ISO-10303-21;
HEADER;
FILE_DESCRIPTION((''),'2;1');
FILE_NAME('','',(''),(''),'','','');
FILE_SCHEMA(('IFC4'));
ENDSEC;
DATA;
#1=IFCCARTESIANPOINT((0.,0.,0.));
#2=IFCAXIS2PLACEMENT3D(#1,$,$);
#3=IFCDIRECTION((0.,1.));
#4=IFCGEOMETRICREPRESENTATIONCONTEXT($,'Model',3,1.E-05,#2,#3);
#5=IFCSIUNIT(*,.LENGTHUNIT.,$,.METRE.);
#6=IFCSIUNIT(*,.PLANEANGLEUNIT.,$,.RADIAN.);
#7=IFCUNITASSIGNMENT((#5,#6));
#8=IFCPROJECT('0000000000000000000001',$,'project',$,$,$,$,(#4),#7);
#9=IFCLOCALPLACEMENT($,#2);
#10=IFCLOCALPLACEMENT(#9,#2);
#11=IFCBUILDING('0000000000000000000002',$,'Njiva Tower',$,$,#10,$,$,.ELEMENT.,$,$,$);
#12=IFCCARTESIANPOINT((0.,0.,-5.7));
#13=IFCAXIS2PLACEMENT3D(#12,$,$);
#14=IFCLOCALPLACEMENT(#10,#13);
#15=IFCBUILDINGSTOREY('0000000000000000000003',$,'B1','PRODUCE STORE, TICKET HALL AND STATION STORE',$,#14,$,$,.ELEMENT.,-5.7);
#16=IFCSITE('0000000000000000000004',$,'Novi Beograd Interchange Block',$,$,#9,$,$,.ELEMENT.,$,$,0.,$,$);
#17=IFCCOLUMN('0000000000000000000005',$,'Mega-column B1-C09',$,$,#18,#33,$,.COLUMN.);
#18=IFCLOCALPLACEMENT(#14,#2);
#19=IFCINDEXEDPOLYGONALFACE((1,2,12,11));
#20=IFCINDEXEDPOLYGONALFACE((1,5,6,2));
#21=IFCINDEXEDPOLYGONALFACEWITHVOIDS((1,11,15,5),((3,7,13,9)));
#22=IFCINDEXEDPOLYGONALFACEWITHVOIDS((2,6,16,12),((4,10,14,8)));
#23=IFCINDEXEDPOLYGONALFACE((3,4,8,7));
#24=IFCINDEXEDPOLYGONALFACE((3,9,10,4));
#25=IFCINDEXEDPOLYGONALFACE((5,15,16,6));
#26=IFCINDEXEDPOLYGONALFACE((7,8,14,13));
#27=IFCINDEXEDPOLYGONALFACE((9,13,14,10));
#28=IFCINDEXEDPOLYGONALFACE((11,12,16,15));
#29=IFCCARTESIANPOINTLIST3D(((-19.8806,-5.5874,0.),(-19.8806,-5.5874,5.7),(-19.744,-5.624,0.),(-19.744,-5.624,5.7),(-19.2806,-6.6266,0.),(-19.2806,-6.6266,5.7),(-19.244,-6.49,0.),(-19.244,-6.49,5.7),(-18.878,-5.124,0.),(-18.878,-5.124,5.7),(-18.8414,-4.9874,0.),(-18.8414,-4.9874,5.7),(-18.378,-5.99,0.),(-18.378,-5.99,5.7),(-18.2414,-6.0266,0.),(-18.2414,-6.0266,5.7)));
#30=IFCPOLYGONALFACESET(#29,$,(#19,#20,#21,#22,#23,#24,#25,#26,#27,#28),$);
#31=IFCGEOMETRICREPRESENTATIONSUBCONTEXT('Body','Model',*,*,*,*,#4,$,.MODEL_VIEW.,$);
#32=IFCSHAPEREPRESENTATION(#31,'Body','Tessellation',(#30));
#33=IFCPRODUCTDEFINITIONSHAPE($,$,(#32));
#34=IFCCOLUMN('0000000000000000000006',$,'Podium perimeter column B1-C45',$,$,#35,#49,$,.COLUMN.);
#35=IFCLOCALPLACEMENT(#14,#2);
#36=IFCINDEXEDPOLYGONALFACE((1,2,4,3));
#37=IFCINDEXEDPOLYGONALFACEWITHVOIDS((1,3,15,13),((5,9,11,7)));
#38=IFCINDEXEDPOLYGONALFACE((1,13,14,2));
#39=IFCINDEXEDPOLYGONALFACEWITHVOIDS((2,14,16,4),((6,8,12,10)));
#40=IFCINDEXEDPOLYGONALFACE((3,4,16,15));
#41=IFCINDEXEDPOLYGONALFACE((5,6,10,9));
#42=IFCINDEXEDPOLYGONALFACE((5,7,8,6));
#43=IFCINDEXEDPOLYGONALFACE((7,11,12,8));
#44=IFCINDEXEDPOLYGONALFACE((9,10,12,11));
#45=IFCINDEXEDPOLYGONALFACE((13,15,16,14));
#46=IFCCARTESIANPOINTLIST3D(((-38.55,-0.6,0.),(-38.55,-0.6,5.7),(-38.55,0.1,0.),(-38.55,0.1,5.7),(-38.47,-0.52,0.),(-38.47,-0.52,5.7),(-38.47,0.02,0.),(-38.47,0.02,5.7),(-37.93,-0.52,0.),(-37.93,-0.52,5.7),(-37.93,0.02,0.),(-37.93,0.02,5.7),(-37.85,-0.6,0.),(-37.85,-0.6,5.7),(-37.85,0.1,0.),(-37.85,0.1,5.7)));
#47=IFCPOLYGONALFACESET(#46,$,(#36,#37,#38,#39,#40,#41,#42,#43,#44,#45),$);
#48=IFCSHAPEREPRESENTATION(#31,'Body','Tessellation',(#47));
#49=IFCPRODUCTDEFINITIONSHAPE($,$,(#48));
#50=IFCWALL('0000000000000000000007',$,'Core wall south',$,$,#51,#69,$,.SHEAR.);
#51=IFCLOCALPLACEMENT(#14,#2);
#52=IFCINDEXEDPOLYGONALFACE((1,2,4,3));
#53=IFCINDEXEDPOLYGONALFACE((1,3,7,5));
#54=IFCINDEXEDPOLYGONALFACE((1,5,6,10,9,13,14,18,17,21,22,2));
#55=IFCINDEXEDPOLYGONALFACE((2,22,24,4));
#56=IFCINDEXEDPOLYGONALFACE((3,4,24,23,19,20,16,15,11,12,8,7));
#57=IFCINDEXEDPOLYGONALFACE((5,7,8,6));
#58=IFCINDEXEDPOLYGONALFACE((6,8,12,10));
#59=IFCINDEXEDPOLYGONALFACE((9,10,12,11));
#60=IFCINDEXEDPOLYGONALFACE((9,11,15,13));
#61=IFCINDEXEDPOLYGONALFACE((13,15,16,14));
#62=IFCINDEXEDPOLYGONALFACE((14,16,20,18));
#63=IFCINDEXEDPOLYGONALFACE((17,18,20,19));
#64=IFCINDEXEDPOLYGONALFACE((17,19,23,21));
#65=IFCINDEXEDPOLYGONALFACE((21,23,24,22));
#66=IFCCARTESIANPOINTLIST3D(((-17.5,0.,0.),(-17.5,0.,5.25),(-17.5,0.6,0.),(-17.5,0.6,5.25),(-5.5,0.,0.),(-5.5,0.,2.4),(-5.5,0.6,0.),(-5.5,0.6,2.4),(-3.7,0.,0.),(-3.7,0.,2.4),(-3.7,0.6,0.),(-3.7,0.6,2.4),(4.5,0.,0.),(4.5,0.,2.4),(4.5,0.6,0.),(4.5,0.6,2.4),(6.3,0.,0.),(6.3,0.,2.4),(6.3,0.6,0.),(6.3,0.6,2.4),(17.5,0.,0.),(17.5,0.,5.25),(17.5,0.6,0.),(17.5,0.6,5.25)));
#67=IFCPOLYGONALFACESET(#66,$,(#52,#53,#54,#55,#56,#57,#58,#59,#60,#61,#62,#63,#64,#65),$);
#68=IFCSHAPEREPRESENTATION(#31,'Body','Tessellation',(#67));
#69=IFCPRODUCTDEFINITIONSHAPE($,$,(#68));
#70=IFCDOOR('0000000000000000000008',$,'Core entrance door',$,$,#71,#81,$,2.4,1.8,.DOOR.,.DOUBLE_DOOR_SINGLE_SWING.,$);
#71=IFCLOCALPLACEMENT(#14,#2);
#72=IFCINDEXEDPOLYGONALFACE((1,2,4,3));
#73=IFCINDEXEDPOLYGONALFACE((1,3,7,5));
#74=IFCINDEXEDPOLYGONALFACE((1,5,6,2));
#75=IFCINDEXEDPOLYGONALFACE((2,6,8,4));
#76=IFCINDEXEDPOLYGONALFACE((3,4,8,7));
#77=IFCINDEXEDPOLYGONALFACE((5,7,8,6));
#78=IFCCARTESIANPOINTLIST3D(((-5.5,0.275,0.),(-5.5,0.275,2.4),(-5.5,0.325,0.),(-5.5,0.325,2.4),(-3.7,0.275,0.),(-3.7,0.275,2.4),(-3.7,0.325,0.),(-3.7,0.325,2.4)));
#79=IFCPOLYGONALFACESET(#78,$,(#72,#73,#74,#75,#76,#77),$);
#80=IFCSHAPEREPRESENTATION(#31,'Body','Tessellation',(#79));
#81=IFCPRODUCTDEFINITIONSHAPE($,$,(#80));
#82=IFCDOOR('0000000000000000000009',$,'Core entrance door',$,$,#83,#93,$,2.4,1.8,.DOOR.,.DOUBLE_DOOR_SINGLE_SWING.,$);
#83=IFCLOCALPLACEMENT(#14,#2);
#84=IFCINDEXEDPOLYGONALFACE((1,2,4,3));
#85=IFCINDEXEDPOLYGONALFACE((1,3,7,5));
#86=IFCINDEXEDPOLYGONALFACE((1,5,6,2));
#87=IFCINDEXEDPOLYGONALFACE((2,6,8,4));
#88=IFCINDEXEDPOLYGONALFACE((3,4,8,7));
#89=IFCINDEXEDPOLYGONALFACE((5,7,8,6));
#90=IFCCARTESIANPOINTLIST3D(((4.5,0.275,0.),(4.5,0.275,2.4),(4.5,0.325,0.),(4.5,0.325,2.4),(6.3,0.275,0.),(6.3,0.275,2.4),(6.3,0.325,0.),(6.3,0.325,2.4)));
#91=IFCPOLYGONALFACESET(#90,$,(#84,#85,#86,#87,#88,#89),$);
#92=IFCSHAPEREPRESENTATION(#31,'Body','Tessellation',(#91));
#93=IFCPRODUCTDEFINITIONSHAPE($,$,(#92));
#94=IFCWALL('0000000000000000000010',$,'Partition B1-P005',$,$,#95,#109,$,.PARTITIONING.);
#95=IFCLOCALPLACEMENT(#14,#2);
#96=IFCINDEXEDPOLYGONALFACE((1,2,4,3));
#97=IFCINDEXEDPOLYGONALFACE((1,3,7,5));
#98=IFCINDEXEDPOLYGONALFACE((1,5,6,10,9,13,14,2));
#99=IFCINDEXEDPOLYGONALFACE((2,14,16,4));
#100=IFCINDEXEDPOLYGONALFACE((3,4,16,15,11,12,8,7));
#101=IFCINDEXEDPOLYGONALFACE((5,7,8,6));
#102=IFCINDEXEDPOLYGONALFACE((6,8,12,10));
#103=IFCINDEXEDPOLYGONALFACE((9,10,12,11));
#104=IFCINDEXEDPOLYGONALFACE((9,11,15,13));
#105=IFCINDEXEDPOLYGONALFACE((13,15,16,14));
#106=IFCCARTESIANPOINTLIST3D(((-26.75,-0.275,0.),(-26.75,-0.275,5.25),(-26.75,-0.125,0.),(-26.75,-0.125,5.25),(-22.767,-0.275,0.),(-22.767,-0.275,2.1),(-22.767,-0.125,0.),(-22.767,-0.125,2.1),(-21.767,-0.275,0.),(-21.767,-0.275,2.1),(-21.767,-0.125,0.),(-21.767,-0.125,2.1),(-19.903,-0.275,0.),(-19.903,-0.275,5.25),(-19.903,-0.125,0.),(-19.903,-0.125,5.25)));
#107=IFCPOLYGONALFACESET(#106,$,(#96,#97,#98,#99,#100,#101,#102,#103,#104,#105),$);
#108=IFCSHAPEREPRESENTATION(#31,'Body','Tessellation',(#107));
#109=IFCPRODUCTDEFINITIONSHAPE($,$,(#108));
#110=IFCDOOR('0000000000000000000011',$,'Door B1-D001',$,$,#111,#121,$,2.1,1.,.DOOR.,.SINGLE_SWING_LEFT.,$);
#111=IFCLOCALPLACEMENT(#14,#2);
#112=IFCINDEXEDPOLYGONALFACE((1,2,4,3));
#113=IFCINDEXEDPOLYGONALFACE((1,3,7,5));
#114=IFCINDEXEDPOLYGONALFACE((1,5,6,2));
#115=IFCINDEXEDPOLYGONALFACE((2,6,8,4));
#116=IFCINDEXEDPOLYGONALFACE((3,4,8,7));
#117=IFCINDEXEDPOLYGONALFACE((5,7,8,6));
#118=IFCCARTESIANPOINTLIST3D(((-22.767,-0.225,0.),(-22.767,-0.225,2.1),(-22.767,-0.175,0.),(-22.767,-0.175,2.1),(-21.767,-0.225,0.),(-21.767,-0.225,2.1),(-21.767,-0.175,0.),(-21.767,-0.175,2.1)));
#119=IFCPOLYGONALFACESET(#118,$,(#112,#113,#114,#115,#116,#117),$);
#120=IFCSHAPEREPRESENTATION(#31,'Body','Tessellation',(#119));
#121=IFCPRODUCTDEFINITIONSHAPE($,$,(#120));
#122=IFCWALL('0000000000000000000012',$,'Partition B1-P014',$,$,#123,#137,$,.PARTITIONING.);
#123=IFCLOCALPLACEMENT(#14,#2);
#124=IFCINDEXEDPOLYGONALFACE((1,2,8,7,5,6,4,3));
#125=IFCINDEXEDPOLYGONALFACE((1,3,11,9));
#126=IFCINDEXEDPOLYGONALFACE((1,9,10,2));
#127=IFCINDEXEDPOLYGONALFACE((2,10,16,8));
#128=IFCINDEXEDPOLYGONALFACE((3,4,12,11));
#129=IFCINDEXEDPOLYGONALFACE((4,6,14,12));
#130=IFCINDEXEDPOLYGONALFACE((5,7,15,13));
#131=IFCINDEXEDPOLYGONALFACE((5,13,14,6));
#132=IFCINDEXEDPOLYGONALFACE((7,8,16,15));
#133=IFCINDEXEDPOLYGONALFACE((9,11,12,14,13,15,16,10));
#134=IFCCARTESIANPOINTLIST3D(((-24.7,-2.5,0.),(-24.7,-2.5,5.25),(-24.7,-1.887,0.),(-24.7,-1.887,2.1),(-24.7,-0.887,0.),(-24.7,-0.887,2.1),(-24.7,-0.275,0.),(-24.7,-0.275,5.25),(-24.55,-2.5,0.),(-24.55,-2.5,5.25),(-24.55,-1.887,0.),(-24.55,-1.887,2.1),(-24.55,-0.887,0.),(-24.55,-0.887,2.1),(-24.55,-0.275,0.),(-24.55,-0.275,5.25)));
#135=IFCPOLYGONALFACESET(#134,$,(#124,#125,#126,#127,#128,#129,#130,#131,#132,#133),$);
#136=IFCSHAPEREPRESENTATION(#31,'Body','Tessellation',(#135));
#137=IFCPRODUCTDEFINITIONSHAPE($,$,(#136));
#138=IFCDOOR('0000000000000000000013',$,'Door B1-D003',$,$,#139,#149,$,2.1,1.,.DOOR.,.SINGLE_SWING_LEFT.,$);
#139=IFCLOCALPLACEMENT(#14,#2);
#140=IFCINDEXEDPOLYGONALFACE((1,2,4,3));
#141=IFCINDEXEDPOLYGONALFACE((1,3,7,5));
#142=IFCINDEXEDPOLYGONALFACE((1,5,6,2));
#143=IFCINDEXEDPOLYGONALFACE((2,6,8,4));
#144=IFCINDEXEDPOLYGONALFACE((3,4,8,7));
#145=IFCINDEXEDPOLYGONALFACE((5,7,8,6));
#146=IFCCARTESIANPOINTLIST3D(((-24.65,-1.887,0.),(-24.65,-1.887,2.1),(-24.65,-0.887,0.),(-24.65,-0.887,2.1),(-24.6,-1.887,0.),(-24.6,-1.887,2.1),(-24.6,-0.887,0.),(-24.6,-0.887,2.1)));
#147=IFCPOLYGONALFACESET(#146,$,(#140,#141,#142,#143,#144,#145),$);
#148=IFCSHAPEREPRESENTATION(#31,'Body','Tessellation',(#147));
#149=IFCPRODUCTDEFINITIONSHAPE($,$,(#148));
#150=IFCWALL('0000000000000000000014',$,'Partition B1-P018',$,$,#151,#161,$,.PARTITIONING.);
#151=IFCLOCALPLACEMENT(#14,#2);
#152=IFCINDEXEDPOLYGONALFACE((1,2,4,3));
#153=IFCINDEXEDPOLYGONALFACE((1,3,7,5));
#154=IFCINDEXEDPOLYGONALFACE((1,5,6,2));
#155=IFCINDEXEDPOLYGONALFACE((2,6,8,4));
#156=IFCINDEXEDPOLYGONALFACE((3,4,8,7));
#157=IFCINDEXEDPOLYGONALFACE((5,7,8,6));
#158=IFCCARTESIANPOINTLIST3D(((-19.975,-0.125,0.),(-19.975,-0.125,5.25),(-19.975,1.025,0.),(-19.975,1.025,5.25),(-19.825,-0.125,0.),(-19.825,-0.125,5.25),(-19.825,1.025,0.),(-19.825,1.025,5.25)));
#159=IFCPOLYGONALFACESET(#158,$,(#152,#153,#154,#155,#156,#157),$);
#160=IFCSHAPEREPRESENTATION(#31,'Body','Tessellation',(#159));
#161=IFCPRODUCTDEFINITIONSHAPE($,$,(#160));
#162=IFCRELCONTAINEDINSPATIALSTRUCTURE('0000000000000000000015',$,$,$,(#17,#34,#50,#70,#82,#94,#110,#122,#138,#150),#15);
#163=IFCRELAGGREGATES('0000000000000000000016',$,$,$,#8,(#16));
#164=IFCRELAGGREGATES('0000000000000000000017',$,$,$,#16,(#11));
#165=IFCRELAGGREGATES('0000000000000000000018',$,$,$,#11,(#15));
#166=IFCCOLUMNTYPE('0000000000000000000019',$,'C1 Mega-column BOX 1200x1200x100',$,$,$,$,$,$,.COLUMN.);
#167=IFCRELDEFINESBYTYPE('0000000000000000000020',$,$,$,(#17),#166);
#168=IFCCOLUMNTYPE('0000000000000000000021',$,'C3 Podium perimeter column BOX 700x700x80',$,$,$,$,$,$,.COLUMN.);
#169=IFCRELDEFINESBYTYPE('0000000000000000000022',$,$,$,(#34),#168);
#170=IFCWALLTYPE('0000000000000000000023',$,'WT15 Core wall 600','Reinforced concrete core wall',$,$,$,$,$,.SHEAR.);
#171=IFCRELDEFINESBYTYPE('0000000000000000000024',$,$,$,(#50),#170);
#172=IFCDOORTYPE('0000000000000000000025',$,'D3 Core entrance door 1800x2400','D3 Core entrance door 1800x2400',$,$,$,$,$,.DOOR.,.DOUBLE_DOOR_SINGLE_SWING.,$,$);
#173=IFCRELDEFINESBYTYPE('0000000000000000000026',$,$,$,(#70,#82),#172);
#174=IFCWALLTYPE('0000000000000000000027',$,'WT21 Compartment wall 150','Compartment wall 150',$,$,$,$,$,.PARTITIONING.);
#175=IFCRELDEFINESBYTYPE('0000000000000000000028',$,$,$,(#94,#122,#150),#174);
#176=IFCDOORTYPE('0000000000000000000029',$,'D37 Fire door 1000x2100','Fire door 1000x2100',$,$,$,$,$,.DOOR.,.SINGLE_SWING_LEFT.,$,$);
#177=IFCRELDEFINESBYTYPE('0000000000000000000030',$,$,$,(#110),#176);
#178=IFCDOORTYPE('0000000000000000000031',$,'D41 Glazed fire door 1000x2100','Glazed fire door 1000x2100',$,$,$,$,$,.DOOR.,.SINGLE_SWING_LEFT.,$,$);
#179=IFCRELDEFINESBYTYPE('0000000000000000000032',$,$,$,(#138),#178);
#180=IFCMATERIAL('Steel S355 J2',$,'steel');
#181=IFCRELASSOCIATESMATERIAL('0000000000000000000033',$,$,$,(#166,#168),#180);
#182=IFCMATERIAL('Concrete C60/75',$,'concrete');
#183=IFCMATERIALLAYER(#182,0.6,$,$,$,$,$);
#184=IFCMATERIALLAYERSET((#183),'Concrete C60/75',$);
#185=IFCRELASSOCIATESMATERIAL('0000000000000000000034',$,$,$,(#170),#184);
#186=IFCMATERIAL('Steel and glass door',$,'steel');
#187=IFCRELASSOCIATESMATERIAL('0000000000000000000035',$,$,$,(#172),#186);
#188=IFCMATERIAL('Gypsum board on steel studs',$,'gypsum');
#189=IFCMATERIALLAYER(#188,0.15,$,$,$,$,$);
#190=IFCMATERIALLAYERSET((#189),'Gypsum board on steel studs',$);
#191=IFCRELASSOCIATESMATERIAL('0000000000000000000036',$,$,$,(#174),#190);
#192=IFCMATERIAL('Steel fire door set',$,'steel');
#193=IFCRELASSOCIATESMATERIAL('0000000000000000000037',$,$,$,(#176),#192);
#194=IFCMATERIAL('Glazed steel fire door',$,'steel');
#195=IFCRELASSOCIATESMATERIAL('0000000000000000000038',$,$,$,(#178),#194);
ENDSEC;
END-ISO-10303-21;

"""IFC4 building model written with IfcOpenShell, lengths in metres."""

from ifc_helpers import new_model, si_unit, direction, frame, frame_2d, origin, origin_2d, place, context, subcontext, project, spatial, rectangle, hollow_rectangle, extrude, material, layer, layer_set, material_profile, profile_set, type_object, element, fill, save


model = new_model("IFC4")

# Units and contexts
model_context = context("Model", 3, precision=1e-05, world=origin(), true_north=direction((0.0, 1.0)))
body_context = subcontext(model_context, "Body", "Model", "MODEL_VIEW")
ifc_project = project(units=[si_unit("LENGTHUNIT", "METRE"), si_unit("PLANEANGLEUNIT", "RADIAN")], contexts=[model_context])

# Site, building, storey
site_placement = place(None, origin())
site = spatial("IfcSite", under=ifc_project, at=site_placement, Name="Novi Beograd Interchange Block", CompositionType="ELEMENT", RefElevation=0.0)
building_placement = place(site_placement, origin())
building = spatial("IfcBuilding", under=site, at=building_placement, Name="Njiva Tower", CompositionType="ELEMENT")
storey_placement = place(building_placement, frame((0.0, 0.0, -5.7)))
storey = spatial("IfcBuildingStorey", under=building, at=storey_placement, Name="B1", Description="PRODUCE STORE, TICKET HALL AND STATION STORE", CompositionType="ELEMENT", Elevation=-5.7)

# Columns
ifc_material_1 = material(Name="Steel S355 J2", Category="steel")
ifc_material_profile_1 = material_profile(ifc_material_1, hollow_rectangle(XDim=1.2, YDim=1.2, WallThickness=0.1, at=origin_2d()), Name="BOX 1200x1200x100")
ifc_profile_set_1 = profile_set([ifc_material_profile_1], Name="Steel S355 J2")
column_type_1 = type_object("IfcColumnType", Name="C1 Mega-column BOX 1200x1200x100", PredefinedType="COLUMN", material=ifc_profile_set_1)
column_1_placement = place(storey_placement, frame((-19.061, -5.807, 0.0), z_axis=(0.0, 0.0, 1.0), x_axis=(0.5, -0.866025, 0.0)))
element("IfcColumn", 1, at=column_1_placement, inside=storey, type_object=column_type_1, Name="Mega-column B1-C09", PredefinedType="COLUMN", context=body_context, shape_type="SweptSolid", body=[
    extrude(hollow_rectangle(XDim=1.2, YDim=1.2, WallThickness=0.1, at=origin_2d()), origin(), (0.0, 0.0, 1.0), 5.7),
])
ifc_material_profile_2 = material_profile(ifc_material_1, hollow_rectangle(XDim=0.7, YDim=0.7, WallThickness=0.08, at=origin_2d()), Name="BOX 700x700x80")
ifc_profile_set_2 = profile_set([ifc_material_profile_2], Name="Steel S355 J2")
column_type_2 = type_object("IfcColumnType", Name="C3 Podium perimeter column BOX 700x700x80", PredefinedType="COLUMN", material=ifc_profile_set_2)
column_2_placement = place(storey_placement, frame((-38.2, -0.25, 0.0), z_axis=(0.0, 0.0, 1.0), x_axis=(0.0, -1.0, 0.0)))
element("IfcColumn", 2, at=column_2_placement, inside=storey, type_object=column_type_2, Name="Podium perimeter column B1-C45", PredefinedType="COLUMN", context=body_context, shape_type="SweptSolid", body=[
    extrude(hollow_rectangle(XDim=0.7, YDim=0.7, WallThickness=0.08, at=origin_2d()), origin(), (0.0, 0.0, 1.0), 5.7),
])

# Wall, openings, doors
ifc_material_2 = material(Name="Concrete C60/75", Category="concrete")
ifc_layer_1 = layer(ifc_material_2, 0.6)
ifc_layer_set_1 = layer_set([ifc_layer_1], Name="Concrete C60/75")
wall_type_1 = type_object("IfcWallType", Name="WT15 Core wall 600", Description="Reinforced concrete core wall", PredefinedType="SHEAR", material=ifc_layer_set_1)
wall_1_placement = place(storey_placement, frame((-17.5, 0.3, 0.0), z_axis=(0.0, 0.0, 1.0), x_axis=(1.0, 0.0, 0.0)))
wall_1 = element("IfcWall", 3, at=wall_1_placement, inside=storey, type_object=wall_type_1, Name="Core wall south", PredefinedType="SHEAR", context=body_context, shape_type="SweptSolid", body=[
    extrude(rectangle(XDim=35.0, YDim=0.6, at=frame_2d((17.5, 0.0))), origin(), (0.0, 0.0, 1.0), 5.25),
])
opening_1_placement = place(wall_1_placement, frame((12.0, 0.0, 0.0)))
opening_1 = element("IfcOpeningElement", 4, at=opening_1_placement, cuts=wall_1, PredefinedType="OPENING", context=body_context, shape_type="SweptSolid", body=[
    extrude(rectangle(XDim=1.8, YDim=2.4, at=frame_2d((0.9, 1.2))), frame((0.0, 0.31, 0.0), z_axis=(0.0, -1.0, 0.0), x_axis=(1.0, 0.0, 0.0)), (0.0, 0.0, 1.0), 0.62),
])
opening_2_placement = place(wall_1_placement, frame((22.0, 0.0, 0.0)))
opening_2 = element("IfcOpeningElement", 5, at=opening_2_placement, cuts=wall_1, PredefinedType="OPENING", context=body_context, shape_type="SweptSolid", body=[
    extrude(rectangle(XDim=1.8, YDim=2.4, at=frame_2d((0.9, 1.2))), frame((0.0, 0.31, 0.0), z_axis=(0.0, -1.0, 0.0), x_axis=(1.0, 0.0, 0.0)), (0.0, 0.0, 1.0), 0.62),
])
ifc_material_3 = material(Name="Steel and glass door", Category="steel")
door_type_1 = type_object("IfcDoorType", Name="D3 Core entrance door 1800x2400", Description="D3 Core entrance door 1800x2400", OperationType="DOUBLE_DOOR_SINGLE_SWING", PredefinedType="DOOR", material=ifc_material_3)
door_1_placement = place(opening_1_placement, origin())
door_1 = element("IfcDoor", 6, at=door_1_placement, inside=storey, type_object=door_type_1, Name="Core entrance door", OperationType="DOUBLE_DOOR_SINGLE_SWING", OverallHeight=2.4, OverallWidth=1.8, PredefinedType="DOOR", context=body_context, shape_type="SweptSolid", body=[
    extrude(rectangle(XDim=1.8, YDim=2.4, at=frame_2d((0.9, 1.2))), frame((0.0, 0.025, 0.0), z_axis=(0.0, -1.0, 0.0), x_axis=(1.0, 0.0, 0.0)), (0.0, 0.0, 1.0), 0.05),
])
fill(opening_1, door_1)
door_2_placement = place(opening_2_placement, origin())
door_2 = element("IfcDoor", 7, at=door_2_placement, inside=storey, type_object=door_type_1, Name="Core entrance door", OperationType="DOUBLE_DOOR_SINGLE_SWING", OverallHeight=2.4, OverallWidth=1.8, PredefinedType="DOOR", context=body_context, shape_type="SweptSolid", body=[
    extrude(rectangle(XDim=1.8, YDim=2.4, at=frame_2d((0.9, 1.2))), frame((0.0, 0.025, 0.0), z_axis=(0.0, -1.0, 0.0), x_axis=(1.0, 0.0, 0.0)), (0.0, 0.0, 1.0), 0.05),
])
fill(opening_2, door_2)

# Walls, openings, doors
ifc_material_4 = material(Name="Gypsum board on steel studs", Category="gypsum")
ifc_layer_2 = layer(ifc_material_4, 0.15)
ifc_layer_set_2 = layer_set([ifc_layer_2], Name="Gypsum board on steel studs")
wall_type_2 = type_object("IfcWallType", Name="WT21 Compartment wall 150", Description="Compartment wall 150", PredefinedType="PARTITIONING", material=ifc_layer_set_2)
wall_2_placement = place(storey_placement, frame((-26.75, -0.2, 0.0), z_axis=(0.0, 0.0, 1.0), x_axis=(1.0, 0.0, 0.0)))
wall_2 = element("IfcWall", 8, at=wall_2_placement, inside=storey, type_object=wall_type_2, Name="Partition B1-P005", PredefinedType="PARTITIONING", context=body_context, shape_type="SweptSolid", body=[
    extrude(rectangle(XDim=6.847, YDim=0.15, at=frame_2d((3.4235, 0.0))), origin(), (0.0, 0.0, 1.0), 5.25),
])
opening_3_placement = place(wall_2_placement, frame((3.983, 0.0, 0.0)))
opening_3 = element("IfcOpeningElement", 9, at=opening_3_placement, cuts=wall_2, PredefinedType="OPENING", context=body_context, shape_type="SweptSolid", body=[
    extrude(rectangle(XDim=1.0, YDim=2.1, at=frame_2d((0.5, 1.05))), frame((0.0, 0.085, 0.0), z_axis=(0.0, -1.0, 0.0), x_axis=(1.0, 0.0, 0.0)), (0.0, 0.0, 1.0), 0.17),
])
ifc_material_5 = material(Name="Steel fire door set", Category="steel")
door_type_2 = type_object("IfcDoorType", Name="D37 Fire door 1000x2100", Description="Fire door 1000x2100", OperationType="SINGLE_SWING_LEFT", PredefinedType="DOOR", material=ifc_material_5)
door_3_placement = place(opening_3_placement, origin())
door_3 = element("IfcDoor", 10, at=door_3_placement, inside=storey, type_object=door_type_2, Name="Door B1-D001", OperationType="SINGLE_SWING_LEFT", OverallHeight=2.1, OverallWidth=1.0, PredefinedType="DOOR", context=body_context, shape_type="SweptSolid", body=[
    extrude(rectangle(XDim=1.0, YDim=2.1, at=frame_2d((0.5, 1.05))), frame((0.0, 0.025, 0.0), z_axis=(0.0, -1.0, 0.0), x_axis=(1.0, 0.0, 0.0)), (0.0, 0.0, 1.0), 0.05),
])
fill(opening_3, door_3)
wall_3_placement = place(storey_placement, frame((-24.625, -2.5, 0.0), z_axis=(0.0, 0.0, 1.0), x_axis=(0.0, 1.0, 0.0)))
wall_3 = element("IfcWall", 11, at=wall_3_placement, inside=storey, type_object=wall_type_2, Name="Partition B1-P014", PredefinedType="PARTITIONING", context=body_context, shape_type="SweptSolid", body=[
    extrude(rectangle(XDim=2.225, YDim=0.15, at=frame_2d((1.1125, 0.0))), origin(), (0.0, 0.0, 1.0), 5.25),
])
opening_4_placement = place(wall_3_placement, frame((0.613, 0.0, 0.0)))
opening_4 = element("IfcOpeningElement", 12, at=opening_4_placement, cuts=wall_3, PredefinedType="OPENING", context=body_context, shape_type="SweptSolid", body=[
    extrude(rectangle(XDim=1.0, YDim=2.1, at=frame_2d((0.5, 1.05))), frame((0.0, 0.085, 0.0), z_axis=(0.0, -1.0, 0.0), x_axis=(1.0, 0.0, 0.0)), (0.0, 0.0, 1.0), 0.17),
])
ifc_material_6 = material(Name="Glazed steel fire door", Category="steel")
door_type_3 = type_object("IfcDoorType", Name="D41 Glazed fire door 1000x2100", Description="Glazed fire door 1000x2100", OperationType="SINGLE_SWING_LEFT", PredefinedType="DOOR", material=ifc_material_6)
door_4_placement = place(opening_4_placement, origin())
door_4 = element("IfcDoor", 13, at=door_4_placement, inside=storey, type_object=door_type_3, Name="Door B1-D003", OperationType="SINGLE_SWING_LEFT", OverallHeight=2.1, OverallWidth=1.0, PredefinedType="DOOR", context=body_context, shape_type="SweptSolid", body=[
    extrude(rectangle(XDim=1.0, YDim=2.1, at=frame_2d((0.5, 1.05))), frame((0.0, 0.025, 0.0), z_axis=(0.0, -1.0, 0.0), x_axis=(1.0, 0.0, 0.0)), (0.0, 0.0, 1.0), 0.05),
])
fill(opening_4, door_4)

# Wall
wall_4_placement = place(storey_placement, frame((-19.9, -0.125, 0.0), z_axis=(0.0, 0.0, 1.0), x_axis=(0.0, 1.0, 0.0)))
element("IfcWall", 14, at=wall_4_placement, inside=storey, type_object=wall_type_2, Name="Partition B1-P018", PredefinedType="PARTITIONING", context=body_context, shape_type="SweptSolid", body=[
    extrude(rectangle(XDim=1.15, YDim=0.15, at=frame_2d((0.575, 0.0))), origin(), (0.0, 0.0, 1.0), 5.25),
])

save(model, "model.ifc")
